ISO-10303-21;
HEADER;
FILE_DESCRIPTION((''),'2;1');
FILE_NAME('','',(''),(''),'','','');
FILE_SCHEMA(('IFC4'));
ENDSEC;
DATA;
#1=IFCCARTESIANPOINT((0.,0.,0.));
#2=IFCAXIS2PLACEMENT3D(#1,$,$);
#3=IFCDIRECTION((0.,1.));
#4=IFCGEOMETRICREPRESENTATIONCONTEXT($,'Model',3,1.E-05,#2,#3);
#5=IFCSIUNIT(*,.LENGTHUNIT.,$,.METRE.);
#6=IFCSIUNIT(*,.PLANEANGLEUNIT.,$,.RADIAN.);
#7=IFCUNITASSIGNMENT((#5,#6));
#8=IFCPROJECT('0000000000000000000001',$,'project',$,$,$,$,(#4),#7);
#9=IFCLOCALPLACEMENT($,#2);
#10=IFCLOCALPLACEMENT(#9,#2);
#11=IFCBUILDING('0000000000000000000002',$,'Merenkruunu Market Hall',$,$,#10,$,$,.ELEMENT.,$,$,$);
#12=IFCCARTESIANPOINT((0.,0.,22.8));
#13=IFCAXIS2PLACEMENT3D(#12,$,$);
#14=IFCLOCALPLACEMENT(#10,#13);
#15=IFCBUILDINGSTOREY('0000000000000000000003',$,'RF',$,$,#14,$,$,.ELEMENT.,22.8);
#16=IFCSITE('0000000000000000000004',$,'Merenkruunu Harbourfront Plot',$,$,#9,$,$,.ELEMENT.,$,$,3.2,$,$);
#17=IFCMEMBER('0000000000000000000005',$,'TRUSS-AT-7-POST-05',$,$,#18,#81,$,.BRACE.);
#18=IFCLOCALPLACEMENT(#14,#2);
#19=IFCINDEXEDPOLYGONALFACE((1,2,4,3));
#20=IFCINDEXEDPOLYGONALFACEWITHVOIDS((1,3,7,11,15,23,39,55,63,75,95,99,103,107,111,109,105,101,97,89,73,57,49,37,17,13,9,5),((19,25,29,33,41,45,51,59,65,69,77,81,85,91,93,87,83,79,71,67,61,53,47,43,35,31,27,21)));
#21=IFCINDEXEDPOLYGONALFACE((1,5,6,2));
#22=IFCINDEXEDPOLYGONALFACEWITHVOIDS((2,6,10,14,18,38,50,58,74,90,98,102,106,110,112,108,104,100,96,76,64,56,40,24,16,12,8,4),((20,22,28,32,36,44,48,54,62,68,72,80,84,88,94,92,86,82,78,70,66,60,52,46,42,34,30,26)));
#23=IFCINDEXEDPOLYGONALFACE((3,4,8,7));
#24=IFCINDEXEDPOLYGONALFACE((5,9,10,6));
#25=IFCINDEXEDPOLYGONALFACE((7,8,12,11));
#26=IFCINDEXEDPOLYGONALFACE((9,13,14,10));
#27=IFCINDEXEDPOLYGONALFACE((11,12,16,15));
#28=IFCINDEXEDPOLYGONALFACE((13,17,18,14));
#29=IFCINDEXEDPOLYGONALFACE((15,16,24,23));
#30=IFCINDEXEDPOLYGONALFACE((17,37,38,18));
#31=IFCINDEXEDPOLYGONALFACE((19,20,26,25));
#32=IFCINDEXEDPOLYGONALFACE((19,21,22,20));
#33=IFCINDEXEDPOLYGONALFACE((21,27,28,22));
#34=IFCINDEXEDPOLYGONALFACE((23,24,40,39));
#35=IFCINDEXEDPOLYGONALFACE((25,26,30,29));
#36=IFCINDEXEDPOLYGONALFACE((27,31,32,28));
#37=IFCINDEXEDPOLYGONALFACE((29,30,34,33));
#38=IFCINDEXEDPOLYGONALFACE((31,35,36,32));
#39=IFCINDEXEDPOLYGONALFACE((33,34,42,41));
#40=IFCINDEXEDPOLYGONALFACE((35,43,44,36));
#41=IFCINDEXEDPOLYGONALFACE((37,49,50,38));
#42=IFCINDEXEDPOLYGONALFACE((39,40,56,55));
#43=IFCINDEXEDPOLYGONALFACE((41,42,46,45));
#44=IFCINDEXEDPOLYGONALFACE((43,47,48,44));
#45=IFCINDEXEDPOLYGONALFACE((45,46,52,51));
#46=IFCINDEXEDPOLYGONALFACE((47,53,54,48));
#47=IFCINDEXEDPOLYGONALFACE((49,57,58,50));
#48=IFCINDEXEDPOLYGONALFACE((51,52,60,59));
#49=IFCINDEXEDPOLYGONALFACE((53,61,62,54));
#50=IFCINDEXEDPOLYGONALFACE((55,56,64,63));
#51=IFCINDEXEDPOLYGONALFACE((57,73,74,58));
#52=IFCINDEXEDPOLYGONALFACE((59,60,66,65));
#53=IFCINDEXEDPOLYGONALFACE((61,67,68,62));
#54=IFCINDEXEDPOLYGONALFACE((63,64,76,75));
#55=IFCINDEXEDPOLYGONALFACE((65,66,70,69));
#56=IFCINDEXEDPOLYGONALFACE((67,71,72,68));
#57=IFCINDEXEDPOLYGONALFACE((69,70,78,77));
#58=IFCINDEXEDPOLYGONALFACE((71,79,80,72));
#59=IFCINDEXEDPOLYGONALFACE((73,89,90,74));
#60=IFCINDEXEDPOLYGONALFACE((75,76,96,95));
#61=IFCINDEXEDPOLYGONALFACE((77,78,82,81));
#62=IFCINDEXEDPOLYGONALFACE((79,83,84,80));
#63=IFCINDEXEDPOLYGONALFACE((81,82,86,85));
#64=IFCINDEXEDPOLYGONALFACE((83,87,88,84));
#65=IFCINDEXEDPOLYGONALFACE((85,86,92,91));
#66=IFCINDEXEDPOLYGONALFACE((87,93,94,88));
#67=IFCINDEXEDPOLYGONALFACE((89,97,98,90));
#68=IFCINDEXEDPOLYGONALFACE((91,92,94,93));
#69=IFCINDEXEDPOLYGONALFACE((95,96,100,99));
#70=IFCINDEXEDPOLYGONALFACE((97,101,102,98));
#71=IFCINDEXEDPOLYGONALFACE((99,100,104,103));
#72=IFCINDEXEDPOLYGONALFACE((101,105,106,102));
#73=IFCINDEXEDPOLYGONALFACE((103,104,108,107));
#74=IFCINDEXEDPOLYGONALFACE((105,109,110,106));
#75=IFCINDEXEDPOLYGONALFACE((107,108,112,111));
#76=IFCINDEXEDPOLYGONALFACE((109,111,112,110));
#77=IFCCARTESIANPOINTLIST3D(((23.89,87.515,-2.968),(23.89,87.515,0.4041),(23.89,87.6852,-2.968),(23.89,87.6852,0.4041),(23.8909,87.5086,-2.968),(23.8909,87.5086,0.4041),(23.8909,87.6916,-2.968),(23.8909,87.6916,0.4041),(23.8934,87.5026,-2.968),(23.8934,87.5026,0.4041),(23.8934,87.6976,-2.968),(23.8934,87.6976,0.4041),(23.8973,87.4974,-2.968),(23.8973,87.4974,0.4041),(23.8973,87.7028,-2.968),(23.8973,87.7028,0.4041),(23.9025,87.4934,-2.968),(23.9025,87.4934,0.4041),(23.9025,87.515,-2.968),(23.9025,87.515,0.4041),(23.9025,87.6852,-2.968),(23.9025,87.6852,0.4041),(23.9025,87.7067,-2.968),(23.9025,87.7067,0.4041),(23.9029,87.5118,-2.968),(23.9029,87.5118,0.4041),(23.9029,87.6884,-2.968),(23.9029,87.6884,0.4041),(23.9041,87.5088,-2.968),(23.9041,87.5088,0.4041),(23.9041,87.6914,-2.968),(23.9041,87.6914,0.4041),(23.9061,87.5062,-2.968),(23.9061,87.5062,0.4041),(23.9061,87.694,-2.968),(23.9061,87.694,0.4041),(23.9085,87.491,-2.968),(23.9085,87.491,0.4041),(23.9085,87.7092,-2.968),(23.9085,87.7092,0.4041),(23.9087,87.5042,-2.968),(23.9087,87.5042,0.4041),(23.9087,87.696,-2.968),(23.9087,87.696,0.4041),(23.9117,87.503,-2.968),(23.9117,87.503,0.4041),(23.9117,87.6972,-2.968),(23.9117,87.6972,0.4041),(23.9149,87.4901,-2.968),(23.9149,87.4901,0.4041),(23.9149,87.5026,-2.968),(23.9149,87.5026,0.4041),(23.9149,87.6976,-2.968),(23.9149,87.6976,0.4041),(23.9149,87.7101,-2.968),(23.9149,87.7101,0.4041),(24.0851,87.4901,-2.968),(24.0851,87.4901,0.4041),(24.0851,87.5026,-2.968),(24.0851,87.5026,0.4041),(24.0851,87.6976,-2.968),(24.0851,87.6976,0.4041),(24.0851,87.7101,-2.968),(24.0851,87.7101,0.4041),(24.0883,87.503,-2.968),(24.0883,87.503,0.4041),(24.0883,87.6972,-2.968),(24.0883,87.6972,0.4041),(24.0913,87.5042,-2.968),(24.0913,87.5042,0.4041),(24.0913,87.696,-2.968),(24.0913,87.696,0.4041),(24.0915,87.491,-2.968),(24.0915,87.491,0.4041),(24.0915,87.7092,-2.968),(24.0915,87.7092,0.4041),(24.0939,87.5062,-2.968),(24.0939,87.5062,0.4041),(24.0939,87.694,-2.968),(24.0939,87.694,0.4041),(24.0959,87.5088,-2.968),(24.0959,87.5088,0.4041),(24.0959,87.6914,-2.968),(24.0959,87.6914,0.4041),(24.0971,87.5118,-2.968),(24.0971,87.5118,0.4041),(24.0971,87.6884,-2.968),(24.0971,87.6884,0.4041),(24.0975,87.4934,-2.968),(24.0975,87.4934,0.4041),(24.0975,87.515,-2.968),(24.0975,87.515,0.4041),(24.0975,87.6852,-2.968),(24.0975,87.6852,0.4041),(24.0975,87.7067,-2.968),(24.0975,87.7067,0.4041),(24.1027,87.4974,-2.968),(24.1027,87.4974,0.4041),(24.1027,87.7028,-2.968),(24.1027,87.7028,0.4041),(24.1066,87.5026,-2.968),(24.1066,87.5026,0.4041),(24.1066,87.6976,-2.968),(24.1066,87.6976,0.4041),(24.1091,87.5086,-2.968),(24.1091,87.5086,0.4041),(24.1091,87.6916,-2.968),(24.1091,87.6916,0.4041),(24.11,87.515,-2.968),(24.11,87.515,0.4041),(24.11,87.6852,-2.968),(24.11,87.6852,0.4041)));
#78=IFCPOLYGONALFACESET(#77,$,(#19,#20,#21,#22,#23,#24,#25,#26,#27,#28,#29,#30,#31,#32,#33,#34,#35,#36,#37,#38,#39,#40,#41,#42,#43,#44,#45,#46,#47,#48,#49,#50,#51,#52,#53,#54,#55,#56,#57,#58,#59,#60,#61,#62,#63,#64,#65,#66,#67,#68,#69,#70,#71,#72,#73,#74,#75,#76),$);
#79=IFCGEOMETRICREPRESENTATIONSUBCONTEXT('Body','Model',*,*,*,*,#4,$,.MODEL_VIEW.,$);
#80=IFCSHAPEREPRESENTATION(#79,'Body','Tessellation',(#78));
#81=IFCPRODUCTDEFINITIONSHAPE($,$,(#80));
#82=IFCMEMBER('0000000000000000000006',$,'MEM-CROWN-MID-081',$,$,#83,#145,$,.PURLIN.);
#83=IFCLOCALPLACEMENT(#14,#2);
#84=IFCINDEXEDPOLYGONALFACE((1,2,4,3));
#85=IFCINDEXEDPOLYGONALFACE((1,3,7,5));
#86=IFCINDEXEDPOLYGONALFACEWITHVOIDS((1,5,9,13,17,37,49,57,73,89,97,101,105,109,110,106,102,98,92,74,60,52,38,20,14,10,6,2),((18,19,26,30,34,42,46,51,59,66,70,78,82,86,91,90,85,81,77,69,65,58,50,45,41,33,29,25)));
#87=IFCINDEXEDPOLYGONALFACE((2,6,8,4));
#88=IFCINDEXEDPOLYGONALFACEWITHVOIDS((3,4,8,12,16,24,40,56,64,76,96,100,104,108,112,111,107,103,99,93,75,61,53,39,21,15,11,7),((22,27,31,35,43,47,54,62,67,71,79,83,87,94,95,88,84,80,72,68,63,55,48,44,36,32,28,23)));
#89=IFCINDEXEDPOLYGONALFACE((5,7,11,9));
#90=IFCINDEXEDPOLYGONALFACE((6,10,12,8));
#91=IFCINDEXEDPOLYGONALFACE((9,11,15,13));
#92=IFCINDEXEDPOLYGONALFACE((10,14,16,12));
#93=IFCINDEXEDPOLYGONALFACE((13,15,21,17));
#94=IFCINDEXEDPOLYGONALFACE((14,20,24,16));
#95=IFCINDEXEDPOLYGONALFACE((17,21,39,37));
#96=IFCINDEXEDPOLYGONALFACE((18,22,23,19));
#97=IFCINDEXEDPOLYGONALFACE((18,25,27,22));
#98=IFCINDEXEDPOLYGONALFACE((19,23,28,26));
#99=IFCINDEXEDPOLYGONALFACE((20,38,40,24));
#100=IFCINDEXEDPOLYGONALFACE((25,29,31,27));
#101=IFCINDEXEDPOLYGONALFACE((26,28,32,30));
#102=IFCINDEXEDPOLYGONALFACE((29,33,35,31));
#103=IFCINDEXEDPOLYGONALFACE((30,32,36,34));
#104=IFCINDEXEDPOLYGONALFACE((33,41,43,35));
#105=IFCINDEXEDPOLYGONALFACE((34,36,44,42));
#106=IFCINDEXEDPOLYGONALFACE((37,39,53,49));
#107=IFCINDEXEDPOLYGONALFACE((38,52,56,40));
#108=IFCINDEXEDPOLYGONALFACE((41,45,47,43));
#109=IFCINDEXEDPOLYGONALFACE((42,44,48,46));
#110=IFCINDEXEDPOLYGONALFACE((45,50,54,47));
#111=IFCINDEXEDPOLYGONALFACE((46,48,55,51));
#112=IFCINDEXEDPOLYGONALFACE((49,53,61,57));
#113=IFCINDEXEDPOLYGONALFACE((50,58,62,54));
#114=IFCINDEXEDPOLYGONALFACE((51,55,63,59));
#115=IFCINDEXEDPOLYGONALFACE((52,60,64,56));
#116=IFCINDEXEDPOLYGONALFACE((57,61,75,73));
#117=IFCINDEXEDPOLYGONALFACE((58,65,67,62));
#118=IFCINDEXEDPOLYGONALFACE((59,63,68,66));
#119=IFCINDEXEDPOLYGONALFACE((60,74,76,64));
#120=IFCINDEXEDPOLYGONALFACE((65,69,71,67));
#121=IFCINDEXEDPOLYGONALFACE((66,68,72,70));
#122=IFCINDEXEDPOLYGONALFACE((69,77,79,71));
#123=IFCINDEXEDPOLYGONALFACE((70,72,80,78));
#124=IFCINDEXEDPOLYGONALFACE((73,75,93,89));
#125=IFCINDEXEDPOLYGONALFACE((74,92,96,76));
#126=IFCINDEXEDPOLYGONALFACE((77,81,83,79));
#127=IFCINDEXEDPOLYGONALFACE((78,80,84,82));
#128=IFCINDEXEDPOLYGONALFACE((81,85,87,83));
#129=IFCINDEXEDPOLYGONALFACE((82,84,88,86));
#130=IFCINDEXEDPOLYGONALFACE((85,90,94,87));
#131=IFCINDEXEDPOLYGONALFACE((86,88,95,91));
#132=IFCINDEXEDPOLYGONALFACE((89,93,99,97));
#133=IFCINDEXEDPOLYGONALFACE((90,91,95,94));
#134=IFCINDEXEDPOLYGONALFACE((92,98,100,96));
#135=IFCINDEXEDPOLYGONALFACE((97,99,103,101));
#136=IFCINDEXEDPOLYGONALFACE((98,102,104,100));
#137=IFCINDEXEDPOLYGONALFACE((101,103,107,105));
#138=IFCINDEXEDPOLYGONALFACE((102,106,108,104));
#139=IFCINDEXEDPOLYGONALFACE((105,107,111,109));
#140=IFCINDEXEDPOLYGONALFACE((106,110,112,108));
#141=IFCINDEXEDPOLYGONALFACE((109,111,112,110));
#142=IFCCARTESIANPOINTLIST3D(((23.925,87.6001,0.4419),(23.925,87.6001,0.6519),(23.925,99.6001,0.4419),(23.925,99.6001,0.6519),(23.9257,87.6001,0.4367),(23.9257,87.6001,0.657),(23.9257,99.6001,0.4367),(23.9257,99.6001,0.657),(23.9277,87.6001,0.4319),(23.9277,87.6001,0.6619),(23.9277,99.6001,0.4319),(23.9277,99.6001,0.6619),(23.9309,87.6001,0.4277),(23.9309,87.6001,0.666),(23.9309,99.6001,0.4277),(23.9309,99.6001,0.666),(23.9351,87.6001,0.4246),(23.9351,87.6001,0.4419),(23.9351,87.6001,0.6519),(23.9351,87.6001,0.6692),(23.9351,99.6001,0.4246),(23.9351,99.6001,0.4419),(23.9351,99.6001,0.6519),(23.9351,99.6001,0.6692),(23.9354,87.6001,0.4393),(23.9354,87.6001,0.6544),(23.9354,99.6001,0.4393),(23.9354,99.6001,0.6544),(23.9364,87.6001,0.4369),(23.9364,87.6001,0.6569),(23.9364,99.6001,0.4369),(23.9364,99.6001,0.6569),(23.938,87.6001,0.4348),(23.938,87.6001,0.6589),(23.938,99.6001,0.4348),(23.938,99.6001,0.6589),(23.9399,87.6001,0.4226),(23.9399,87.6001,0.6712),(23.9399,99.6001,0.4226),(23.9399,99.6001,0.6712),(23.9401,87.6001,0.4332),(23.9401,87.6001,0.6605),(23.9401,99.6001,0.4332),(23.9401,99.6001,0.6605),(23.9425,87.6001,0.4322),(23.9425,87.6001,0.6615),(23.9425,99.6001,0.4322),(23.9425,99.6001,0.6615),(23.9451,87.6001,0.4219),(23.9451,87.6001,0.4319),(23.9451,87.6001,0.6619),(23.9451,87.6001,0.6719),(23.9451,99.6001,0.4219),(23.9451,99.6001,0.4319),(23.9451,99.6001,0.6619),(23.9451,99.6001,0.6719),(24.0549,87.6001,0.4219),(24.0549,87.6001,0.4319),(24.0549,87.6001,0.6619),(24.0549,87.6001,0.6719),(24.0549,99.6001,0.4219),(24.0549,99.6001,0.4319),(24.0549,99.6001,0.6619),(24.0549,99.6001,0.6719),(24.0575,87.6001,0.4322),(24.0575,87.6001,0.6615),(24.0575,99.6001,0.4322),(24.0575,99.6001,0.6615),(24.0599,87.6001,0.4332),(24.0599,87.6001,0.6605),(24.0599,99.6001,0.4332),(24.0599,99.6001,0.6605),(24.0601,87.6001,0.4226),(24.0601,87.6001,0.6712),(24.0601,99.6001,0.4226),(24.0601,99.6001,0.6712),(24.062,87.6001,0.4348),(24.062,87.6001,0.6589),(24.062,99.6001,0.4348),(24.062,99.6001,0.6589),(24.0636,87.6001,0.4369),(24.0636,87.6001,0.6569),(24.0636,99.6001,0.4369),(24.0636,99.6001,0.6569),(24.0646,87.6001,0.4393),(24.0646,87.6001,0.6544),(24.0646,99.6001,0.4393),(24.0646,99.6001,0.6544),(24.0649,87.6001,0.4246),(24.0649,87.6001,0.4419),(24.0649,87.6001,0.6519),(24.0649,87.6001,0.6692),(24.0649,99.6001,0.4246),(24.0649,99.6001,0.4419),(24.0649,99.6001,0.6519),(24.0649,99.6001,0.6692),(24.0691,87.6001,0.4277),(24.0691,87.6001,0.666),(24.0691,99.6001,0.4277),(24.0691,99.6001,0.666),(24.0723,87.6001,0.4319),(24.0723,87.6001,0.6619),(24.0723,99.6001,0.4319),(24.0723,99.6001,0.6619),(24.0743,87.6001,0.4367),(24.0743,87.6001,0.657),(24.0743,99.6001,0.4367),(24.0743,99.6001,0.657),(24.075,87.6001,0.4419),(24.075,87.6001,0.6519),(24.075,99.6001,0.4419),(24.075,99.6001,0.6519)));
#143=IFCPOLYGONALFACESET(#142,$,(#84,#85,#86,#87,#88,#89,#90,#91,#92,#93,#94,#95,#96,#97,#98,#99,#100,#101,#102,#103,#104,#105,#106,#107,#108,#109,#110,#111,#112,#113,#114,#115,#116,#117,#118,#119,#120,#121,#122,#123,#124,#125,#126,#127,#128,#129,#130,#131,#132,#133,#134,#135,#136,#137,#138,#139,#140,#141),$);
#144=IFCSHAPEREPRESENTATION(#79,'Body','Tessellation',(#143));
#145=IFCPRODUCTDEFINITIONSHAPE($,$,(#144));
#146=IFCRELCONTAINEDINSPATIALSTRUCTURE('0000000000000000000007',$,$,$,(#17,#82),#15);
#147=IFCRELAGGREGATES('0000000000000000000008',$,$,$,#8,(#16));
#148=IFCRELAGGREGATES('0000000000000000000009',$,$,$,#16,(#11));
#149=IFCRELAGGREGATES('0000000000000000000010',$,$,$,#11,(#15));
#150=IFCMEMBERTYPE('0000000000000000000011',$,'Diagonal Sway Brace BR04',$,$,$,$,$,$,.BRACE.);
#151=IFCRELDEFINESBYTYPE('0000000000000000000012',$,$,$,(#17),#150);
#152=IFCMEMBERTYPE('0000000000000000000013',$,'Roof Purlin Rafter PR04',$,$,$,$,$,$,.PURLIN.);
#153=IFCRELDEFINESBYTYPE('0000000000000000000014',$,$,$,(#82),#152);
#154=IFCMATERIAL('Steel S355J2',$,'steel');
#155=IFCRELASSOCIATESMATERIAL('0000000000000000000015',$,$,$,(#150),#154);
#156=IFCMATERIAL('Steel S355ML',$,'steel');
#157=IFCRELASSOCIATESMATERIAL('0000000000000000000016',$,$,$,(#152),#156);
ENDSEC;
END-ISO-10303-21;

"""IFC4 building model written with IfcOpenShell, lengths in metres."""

from ifc_helpers import new_model, si_unit, direction, frame, origin, origin_2d, place, context, subcontext, project, spatial, hollow_rectangle, extrude, material, material_profile, profile_set, type_object, element, save


model = new_model("IFC4")

# Units and contexts
model_context = context("Model", 3, precision=1e-05, world=origin(), true_north=direction((0.0, 1.0)))
body_context = subcontext(model_context, "Body", "Model", "MODEL_VIEW")
ifc_project = project(units=[si_unit("LENGTHUNIT", "METRE"), si_unit("PLANEANGLEUNIT", "RADIAN")], contexts=[model_context])

# Site, building, storey
site_placement = place(None, origin())
site = spatial("IfcSite", under=ifc_project, at=site_placement, Name="Merenkruunu Harbourfront Plot", CompositionType="ELEMENT", RefElevation=3.2)
building_placement = place(site_placement, origin())
building = spatial("IfcBuilding", under=site, at=building_placement, Name="Merenkruunu Market Hall", CompositionType="ELEMENT")
storey_placement = place(building_placement, frame((0.0, 0.0, 22.8)))
storey = spatial("IfcBuildingStorey", under=building, at=storey_placement, Name="RF", CompositionType="ELEMENT", Elevation=22.8)

# Members
ifc_material_1 = material(Name="Steel S355ML", Category="steel")
ifc_material_2 = material(Name="Steel S355J2", Category="steel")
ifc_material_profile_1 = material_profile(ifc_material_2, hollow_rectangle(XDim=0.22, YDim=0.22, WallThickness=0.0125, InnerFilletRadius=0.0125, OuterFilletRadius=0.0249, at=origin_2d()), Name="SHS 220x220x12.5")
ifc_profile_set_1 = profile_set([ifc_material_profile_1], Name="Steel S355J2")
member_type_1 = type_object("IfcMemberType", Name="Diagonal Sway Brace BR04", PredefinedType="BRACE", material=ifc_profile_set_1)
member_1_placement = place(storey_placement, frame((24.0, 87.6001, -2.968), z_axis=(0.0, 0.0, 1.0), x_axis=(1.0, 0.0, 0.0)))
element("IfcMember", 1, at=member_1_placement, inside=storey, type_object=member_type_1, Name="TRUSS-AT-7-POST-05", PredefinedType="BRACE", context=body_context, shape_type="SweptSolid", body=[
    extrude(hollow_rectangle(XDim=0.22, YDim=0.22, WallThickness=0.0125, InnerFilletRadius=0.0125, OuterFilletRadius=0.0249, at=origin_2d()), origin(), (0.0, 0.0, 1.0), 3.3721),
])
ifc_material_profile_2 = material_profile(ifc_material_1, hollow_rectangle(XDim=0.1499, YDim=0.25, WallThickness=0.01, InnerFilletRadius=0.01, OuterFilletRadius=0.02, at=origin_2d()), Name="RHS 250x150x10")
ifc_profile_set_2 = profile_set([ifc_material_profile_2], Name="Steel S355ML")
member_type_2 = type_object("IfcMemberType", Name="Roof Purlin Rafter PR04", PredefinedType="PURLIN", material=ifc_profile_set_2)
member_2_placement = place(storey_placement, frame((24.0, 87.6001, 0.5469), z_axis=(0.0, 1.0, 0.0), x_axis=(-1.0, 0.0, 0.0)))
element("IfcMember", 2, at=member_2_placement, inside=storey, type_object=member_type_2, Name="MEM-CROWN-MID-081", PredefinedType="PURLIN", context=body_context, shape_type="SweptSolid", body=[
    extrude(hollow_rectangle(XDim=0.1499, YDim=0.25, WallThickness=0.01, InnerFilletRadius=0.01, OuterFilletRadius=0.02, at=origin_2d()), origin(), (0.0, 0.0, 1.0), 12.0),
])

save(model, "model.ifc")
